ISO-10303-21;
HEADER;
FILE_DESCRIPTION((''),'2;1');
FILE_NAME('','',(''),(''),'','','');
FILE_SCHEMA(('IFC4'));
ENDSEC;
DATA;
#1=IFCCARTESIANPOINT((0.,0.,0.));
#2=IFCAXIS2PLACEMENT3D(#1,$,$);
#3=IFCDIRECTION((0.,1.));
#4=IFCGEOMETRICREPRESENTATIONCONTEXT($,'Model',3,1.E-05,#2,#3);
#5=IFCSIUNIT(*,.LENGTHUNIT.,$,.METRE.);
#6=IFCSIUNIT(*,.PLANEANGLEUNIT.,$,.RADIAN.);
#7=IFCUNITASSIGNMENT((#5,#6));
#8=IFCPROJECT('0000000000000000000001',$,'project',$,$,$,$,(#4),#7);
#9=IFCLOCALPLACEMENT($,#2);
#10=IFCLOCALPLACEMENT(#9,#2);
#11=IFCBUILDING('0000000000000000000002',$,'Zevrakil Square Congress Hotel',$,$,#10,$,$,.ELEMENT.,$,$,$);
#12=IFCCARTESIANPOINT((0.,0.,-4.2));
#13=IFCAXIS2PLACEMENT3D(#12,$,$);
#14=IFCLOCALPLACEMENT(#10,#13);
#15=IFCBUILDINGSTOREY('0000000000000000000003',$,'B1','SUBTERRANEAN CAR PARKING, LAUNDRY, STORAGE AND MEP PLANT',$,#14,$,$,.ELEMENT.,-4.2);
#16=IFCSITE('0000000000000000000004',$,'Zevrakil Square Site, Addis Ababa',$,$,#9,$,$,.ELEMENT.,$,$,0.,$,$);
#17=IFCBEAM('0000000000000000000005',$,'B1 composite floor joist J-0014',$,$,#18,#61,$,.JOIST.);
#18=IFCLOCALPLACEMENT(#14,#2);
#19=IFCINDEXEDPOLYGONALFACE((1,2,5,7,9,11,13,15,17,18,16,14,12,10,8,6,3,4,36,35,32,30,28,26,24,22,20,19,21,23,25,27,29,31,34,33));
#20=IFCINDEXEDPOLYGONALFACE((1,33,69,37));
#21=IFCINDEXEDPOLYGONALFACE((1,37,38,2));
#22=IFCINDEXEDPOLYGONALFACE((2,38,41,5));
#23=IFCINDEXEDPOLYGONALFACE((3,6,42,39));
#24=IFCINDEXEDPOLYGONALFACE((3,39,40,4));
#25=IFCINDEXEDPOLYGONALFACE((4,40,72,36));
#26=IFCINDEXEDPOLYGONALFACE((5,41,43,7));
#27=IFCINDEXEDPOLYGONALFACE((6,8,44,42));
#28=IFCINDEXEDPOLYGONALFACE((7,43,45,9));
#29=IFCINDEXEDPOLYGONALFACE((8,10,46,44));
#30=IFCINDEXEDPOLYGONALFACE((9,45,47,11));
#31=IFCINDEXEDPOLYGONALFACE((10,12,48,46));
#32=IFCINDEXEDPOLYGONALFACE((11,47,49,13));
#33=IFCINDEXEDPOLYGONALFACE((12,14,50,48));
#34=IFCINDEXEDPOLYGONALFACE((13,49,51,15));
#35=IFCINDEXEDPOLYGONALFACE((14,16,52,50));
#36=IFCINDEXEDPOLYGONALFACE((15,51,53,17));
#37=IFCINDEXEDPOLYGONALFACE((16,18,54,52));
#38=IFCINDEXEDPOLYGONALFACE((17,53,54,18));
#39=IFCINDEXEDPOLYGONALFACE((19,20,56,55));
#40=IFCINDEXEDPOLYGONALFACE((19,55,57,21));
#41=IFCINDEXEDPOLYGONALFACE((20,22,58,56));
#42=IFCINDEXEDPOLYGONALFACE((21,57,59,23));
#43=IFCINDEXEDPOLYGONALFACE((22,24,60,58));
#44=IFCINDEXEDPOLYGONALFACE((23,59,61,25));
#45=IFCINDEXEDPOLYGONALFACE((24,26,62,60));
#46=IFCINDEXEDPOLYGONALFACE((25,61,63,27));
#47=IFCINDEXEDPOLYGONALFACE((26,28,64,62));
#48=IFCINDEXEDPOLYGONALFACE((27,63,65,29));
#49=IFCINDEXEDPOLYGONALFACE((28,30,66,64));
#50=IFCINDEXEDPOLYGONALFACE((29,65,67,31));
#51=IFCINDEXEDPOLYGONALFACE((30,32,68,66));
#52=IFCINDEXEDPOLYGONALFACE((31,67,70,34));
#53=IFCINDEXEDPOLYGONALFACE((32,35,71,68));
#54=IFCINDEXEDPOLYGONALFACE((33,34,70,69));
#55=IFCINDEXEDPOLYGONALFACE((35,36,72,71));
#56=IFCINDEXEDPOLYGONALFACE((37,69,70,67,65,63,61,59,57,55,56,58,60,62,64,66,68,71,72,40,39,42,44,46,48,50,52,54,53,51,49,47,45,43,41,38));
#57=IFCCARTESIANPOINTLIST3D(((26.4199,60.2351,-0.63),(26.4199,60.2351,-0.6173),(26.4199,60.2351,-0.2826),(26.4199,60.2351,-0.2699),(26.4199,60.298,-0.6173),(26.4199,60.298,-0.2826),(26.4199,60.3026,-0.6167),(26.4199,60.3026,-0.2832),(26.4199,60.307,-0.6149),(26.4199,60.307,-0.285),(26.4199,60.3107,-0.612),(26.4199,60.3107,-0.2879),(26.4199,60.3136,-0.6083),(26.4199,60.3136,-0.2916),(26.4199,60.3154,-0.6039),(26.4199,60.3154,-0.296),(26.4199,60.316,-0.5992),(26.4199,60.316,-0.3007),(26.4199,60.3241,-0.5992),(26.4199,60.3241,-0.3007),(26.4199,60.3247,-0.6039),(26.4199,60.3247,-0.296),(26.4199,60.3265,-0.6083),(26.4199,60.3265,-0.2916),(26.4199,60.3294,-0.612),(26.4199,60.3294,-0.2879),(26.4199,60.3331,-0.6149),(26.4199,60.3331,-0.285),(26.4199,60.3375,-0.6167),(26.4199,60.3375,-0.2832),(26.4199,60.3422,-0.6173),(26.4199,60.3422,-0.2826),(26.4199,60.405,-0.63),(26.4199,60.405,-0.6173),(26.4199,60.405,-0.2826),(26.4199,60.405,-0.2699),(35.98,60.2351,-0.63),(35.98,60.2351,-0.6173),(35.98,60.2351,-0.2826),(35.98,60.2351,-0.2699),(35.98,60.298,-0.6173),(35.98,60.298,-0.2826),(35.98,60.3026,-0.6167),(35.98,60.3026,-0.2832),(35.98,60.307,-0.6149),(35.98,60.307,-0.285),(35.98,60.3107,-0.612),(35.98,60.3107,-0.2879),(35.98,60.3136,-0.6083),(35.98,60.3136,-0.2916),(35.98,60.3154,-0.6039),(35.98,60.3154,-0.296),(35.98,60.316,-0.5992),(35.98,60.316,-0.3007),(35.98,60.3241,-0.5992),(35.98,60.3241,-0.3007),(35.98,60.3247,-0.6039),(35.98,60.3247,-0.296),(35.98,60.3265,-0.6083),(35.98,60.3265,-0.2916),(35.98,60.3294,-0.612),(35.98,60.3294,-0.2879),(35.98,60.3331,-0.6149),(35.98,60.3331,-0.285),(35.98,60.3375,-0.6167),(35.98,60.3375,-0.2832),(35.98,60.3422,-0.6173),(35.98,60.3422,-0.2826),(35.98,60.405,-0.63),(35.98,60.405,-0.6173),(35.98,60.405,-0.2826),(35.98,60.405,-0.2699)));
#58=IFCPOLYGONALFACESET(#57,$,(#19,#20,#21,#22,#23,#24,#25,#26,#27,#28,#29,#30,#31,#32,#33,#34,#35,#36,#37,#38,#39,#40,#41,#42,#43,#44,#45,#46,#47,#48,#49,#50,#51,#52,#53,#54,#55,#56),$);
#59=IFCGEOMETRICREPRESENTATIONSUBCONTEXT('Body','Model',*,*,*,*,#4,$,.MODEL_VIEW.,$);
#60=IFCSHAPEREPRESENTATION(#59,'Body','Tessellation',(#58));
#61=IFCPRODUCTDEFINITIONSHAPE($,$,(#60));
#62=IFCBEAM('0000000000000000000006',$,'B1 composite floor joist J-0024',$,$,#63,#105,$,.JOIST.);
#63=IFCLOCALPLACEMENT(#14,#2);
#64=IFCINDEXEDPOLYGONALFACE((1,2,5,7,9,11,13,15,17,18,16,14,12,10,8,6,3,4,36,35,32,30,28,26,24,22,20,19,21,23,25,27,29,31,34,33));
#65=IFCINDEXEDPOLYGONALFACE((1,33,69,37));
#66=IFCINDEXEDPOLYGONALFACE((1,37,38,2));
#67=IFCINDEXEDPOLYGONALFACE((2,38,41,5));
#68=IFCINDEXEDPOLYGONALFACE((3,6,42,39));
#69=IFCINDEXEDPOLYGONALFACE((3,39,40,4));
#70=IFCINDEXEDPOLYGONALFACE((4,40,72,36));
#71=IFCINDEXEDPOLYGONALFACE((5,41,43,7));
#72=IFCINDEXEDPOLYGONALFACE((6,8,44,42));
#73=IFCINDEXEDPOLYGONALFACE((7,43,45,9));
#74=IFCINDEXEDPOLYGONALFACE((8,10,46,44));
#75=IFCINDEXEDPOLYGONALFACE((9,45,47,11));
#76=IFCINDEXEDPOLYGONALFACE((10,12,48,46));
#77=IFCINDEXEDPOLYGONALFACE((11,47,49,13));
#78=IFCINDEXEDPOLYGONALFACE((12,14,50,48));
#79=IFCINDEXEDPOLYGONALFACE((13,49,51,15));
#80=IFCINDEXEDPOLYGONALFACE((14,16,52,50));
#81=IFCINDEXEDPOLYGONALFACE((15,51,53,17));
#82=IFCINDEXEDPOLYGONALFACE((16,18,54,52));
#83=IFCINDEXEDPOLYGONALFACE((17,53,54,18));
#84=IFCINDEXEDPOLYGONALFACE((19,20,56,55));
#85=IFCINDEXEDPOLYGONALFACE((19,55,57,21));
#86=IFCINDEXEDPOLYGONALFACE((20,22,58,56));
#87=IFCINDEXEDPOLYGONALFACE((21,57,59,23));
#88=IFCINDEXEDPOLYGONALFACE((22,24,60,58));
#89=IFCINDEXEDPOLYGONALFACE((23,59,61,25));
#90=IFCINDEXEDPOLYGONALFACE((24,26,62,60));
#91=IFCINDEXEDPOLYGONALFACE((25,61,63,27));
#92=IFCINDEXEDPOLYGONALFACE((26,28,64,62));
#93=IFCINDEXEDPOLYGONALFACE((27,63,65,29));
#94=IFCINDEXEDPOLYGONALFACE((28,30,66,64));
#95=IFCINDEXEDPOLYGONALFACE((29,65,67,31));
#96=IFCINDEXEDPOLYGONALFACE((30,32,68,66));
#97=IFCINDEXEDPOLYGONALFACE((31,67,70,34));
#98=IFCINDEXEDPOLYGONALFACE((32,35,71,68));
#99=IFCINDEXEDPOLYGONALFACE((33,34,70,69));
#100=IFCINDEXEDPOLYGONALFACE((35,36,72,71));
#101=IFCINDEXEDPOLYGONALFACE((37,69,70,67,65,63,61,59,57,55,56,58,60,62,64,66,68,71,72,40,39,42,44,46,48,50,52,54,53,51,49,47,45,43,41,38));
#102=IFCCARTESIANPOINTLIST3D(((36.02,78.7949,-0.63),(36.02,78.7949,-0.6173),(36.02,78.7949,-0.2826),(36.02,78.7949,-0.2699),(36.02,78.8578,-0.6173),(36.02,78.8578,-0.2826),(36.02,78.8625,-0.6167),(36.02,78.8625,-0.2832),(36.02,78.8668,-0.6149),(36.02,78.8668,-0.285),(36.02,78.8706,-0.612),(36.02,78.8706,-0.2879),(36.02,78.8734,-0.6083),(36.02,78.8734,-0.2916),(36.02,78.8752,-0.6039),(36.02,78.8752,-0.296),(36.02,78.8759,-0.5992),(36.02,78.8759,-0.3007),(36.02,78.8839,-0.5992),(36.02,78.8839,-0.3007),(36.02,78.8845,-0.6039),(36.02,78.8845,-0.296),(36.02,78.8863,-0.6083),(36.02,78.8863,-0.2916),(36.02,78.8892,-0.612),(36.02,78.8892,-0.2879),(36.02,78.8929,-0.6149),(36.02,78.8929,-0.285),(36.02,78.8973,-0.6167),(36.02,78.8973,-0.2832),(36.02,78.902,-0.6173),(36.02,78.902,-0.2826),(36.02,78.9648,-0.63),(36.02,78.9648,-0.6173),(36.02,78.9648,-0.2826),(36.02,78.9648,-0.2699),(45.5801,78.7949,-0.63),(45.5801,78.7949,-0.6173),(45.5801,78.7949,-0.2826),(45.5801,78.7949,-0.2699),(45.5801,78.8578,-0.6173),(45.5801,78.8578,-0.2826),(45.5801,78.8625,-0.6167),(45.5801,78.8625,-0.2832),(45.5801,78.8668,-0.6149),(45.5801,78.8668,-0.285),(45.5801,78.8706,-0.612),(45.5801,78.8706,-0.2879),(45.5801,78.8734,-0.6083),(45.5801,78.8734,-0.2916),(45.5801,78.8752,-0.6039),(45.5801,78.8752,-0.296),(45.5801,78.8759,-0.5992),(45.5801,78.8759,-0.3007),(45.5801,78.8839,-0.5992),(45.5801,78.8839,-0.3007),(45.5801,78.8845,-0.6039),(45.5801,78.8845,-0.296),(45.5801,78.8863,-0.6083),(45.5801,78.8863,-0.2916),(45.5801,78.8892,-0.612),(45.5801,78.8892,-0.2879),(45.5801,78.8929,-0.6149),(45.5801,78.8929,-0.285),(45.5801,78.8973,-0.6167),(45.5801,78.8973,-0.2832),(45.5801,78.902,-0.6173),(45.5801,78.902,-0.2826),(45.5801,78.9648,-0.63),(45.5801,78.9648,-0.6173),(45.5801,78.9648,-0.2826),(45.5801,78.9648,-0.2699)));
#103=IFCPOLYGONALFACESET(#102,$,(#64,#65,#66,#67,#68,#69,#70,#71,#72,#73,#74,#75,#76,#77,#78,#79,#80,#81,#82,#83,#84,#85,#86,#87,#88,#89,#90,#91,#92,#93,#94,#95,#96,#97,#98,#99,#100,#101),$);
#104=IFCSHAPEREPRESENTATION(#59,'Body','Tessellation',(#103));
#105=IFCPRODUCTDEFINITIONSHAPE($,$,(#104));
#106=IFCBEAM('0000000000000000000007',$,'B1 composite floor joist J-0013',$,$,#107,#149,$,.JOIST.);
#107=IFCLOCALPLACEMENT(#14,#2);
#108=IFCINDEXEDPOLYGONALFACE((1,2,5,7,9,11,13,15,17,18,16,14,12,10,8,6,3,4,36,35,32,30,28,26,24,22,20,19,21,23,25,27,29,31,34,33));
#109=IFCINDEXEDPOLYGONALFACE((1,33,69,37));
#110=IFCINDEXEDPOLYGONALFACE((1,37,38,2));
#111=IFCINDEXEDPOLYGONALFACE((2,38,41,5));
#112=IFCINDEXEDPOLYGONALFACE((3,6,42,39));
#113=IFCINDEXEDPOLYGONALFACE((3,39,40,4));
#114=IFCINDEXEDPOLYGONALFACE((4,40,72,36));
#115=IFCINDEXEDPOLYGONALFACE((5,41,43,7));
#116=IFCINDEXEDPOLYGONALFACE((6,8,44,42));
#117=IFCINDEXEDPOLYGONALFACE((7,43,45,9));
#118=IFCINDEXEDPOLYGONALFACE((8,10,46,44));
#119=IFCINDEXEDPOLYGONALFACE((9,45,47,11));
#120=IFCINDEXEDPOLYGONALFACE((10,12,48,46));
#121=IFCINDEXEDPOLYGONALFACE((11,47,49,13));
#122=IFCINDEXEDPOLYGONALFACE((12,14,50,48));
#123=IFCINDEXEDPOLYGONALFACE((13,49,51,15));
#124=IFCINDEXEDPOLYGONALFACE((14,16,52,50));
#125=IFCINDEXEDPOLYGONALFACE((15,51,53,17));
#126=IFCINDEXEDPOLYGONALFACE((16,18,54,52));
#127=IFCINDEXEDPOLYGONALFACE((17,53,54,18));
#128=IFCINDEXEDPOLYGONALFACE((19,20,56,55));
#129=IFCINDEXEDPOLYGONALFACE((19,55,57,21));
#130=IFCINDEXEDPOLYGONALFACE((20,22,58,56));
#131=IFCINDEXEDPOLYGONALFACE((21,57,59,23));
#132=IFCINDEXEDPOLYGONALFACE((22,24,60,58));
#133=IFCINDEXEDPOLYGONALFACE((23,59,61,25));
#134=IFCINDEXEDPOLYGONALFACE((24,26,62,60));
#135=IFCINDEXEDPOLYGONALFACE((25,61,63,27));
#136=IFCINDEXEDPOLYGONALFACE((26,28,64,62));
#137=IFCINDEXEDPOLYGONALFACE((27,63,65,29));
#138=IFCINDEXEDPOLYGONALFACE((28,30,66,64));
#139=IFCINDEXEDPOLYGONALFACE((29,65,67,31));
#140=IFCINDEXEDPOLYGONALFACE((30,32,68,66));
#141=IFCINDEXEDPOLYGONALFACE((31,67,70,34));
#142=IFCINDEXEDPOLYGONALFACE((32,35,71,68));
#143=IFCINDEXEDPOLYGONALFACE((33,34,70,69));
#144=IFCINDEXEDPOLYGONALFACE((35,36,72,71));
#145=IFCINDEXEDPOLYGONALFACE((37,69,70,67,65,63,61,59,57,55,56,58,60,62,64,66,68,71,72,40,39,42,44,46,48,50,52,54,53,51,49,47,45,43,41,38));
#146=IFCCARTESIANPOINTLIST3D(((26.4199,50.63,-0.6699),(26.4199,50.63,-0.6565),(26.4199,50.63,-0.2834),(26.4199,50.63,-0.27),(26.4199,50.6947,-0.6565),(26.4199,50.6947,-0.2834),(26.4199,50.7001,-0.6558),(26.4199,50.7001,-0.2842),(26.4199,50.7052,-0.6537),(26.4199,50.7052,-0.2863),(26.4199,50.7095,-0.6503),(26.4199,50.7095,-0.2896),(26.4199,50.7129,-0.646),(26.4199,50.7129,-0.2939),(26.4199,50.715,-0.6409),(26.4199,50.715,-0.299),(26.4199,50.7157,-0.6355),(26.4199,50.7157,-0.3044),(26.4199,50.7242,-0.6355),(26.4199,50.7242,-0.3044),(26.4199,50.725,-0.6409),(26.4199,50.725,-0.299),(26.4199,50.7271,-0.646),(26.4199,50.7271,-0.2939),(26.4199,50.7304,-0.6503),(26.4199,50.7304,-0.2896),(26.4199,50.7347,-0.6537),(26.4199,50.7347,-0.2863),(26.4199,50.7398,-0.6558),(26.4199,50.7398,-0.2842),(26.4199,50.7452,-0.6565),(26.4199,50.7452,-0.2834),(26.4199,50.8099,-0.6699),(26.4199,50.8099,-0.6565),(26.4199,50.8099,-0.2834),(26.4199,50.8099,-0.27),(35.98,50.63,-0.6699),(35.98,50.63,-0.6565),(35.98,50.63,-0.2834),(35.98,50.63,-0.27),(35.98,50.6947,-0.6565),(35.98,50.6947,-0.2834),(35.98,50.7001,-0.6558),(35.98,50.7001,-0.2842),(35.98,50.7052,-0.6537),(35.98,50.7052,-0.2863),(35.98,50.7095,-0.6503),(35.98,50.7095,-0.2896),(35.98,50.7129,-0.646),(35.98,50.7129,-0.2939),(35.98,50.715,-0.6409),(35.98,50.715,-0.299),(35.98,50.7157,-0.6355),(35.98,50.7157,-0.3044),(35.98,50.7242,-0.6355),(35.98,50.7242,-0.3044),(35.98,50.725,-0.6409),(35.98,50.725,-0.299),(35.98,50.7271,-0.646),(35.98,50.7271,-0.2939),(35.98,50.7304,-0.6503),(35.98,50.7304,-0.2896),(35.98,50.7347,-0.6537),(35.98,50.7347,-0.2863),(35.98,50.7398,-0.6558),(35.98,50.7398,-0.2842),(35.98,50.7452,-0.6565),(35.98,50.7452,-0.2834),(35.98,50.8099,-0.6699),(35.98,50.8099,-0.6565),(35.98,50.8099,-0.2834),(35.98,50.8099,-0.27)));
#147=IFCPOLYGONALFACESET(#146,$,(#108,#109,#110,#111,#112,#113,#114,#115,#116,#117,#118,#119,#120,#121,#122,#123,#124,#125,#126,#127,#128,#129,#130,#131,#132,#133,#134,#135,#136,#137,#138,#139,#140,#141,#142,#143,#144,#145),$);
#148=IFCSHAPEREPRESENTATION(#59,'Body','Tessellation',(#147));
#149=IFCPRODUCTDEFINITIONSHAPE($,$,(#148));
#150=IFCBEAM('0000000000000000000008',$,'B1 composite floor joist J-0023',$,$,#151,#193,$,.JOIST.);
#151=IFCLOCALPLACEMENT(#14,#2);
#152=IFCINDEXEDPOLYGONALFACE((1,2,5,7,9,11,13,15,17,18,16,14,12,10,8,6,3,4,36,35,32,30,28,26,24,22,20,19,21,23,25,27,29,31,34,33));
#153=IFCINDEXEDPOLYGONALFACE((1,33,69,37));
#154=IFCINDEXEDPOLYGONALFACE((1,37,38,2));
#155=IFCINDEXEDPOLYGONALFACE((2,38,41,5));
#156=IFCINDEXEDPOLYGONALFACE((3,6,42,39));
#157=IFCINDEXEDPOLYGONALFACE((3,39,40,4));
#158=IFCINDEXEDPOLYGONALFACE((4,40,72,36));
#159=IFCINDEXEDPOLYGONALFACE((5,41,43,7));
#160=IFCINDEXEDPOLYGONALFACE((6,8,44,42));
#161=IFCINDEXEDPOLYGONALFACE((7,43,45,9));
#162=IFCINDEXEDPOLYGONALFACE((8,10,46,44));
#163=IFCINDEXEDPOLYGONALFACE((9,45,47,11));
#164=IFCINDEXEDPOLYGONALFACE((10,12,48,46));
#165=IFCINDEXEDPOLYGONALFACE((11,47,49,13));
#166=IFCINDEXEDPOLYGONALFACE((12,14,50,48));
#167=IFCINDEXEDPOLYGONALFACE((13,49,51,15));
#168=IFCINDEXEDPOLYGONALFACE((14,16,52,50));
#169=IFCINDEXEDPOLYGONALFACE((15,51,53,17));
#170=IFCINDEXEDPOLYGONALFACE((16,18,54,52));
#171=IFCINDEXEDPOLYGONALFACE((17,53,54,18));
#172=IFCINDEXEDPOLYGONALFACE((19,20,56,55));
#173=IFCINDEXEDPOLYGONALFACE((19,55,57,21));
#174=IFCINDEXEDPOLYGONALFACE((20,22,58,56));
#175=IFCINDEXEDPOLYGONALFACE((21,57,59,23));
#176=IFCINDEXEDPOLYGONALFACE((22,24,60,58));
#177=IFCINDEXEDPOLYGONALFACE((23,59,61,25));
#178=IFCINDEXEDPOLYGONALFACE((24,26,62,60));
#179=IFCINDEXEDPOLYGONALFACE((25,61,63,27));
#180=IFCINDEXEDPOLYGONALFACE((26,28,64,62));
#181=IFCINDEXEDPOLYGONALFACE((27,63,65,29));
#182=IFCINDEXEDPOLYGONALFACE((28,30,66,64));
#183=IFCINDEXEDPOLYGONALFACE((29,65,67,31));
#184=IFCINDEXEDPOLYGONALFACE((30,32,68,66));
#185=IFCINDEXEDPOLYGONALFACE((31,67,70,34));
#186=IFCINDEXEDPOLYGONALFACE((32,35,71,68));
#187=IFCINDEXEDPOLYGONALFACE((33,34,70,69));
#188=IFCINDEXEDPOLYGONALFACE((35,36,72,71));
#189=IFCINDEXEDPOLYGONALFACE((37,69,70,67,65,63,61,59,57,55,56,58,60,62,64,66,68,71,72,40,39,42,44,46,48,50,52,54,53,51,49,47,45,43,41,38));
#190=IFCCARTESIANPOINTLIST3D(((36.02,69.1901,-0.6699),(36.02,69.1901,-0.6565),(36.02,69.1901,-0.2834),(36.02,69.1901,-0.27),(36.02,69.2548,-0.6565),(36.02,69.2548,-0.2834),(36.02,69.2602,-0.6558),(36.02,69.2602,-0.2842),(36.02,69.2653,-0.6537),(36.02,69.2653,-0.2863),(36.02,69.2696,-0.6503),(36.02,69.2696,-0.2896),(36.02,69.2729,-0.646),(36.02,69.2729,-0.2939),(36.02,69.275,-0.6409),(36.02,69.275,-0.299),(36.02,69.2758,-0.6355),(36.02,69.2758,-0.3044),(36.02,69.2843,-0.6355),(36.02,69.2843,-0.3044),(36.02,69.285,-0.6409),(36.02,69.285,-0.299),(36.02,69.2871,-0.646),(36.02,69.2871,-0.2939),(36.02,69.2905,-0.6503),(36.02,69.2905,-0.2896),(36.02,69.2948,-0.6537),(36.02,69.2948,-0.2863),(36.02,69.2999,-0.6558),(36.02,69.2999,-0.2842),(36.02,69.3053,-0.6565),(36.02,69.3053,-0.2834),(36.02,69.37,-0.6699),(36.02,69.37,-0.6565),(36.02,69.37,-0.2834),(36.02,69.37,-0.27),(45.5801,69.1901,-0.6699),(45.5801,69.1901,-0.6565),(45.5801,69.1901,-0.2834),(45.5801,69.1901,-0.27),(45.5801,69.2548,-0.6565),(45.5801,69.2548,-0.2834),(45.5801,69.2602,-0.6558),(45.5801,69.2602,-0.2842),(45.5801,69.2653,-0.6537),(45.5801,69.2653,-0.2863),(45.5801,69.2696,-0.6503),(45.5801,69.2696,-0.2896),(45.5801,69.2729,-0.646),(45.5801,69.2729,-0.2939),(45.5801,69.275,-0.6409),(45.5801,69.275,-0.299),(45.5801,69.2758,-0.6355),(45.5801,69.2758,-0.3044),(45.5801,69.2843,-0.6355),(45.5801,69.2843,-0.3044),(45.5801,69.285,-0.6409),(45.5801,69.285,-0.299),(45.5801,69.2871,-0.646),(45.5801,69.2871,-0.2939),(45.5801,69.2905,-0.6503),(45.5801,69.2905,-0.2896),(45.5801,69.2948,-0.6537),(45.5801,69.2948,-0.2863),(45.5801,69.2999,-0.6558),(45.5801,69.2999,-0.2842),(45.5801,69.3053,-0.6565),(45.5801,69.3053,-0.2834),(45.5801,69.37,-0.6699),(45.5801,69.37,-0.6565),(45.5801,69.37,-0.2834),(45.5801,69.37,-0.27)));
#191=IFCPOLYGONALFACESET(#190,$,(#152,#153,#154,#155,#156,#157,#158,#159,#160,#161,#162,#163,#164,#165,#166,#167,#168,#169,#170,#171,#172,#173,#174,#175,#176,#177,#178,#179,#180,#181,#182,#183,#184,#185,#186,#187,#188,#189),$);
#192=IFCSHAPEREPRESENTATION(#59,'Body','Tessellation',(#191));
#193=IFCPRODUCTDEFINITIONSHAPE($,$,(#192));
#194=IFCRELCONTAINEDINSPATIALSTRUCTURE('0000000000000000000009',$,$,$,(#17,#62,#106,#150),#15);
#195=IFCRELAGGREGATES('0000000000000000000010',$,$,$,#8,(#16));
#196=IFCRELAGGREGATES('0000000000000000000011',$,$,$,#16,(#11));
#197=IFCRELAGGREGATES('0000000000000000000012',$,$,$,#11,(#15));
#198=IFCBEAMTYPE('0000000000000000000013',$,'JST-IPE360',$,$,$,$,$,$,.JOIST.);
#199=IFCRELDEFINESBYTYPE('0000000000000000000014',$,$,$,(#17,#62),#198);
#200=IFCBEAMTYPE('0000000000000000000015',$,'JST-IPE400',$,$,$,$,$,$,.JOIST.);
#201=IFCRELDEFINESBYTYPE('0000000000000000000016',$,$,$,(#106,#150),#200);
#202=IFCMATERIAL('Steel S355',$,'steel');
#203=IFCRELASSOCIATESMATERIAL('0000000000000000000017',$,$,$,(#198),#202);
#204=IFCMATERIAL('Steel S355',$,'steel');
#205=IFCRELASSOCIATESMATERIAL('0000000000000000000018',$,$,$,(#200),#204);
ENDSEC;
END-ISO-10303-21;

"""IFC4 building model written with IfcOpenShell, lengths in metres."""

from ifc_helpers import new_model, si_unit, direction, frame, origin, origin_2d, place, context, subcontext, project, spatial, i_section, extrude, material, material_profile, profile_set, type_object, element, save


model = new_model("IFC4")

# Units and contexts
model_context = context("Model", 3, precision=1e-05, world=origin(), true_north=direction((0.0, 1.0)))
body_context = subcontext(model_context, "Body", "Model", "MODEL_VIEW")
ifc_project = project(units=[si_unit("LENGTHUNIT", "METRE"), si_unit("PLANEANGLEUNIT", "RADIAN")], contexts=[model_context])

# Site, building, storey
site_placement = place(None, origin())
site = spatial("IfcSite", under=ifc_project, at=site_placement, Name="Zevrakil Square Site, Addis Ababa", CompositionType="ELEMENT", RefElevation=0.0)
building_placement = place(site_placement, origin())
building = spatial("IfcBuilding", under=site, at=building_placement, Name="Zevrakil Square Congress Hotel", CompositionType="ELEMENT")
storey_placement = place(building_placement, frame((0.0, 0.0, -4.2)))
storey = spatial("IfcBuildingStorey", under=building, at=storey_placement, Name="B1", Description="SUBTERRANEAN CAR PARKING, LAUNDRY, STORAGE AND MEP PLANT", CompositionType="ELEMENT", Elevation=-4.2)

# Beams
ifc_material_1 = material(Name="Steel S355", Category="steel")
ifc_material_profile_1 = material_profile(ifc_material_1, i_section(OverallWidth=0.1699, OverallDepth=0.3601, WebThickness=0.0081, FlangeThickness=0.0127, FilletRadius=0.0181, at=origin_2d()), Name="IPE 360")
ifc_profile_set_1 = profile_set([ifc_material_profile_1], Name="Steel S355")
beam_type_1 = type_object("IfcBeamType", Name="JST-IPE360", PredefinedType="JOIST", material=ifc_profile_set_1)
for number, where, z_axis, x_axis, name in (
    (1, (26.4199, 60.3201, -0.45), (1.0, 0.0, 0.0), (0.0, 1.0, 0.0), "B1 composite floor joist J-0014"),
    (2, (36.02, 78.8799, -0.45), (1.0, 0.0, 0.0), (0.0, 1.0, 0.0), "B1 composite floor joist J-0024"),
):
    element("IfcBeam", number, at=place(storey_placement, frame(where, z_axis=z_axis, x_axis=x_axis)), inside=storey, type_object=beam_type_1, Name=name, PredefinedType="JOIST", context=body_context, shape_type="SweptSolid", body=[
        extrude(i_section(OverallWidth=0.1699, OverallDepth=0.3601, WebThickness=0.0081, FlangeThickness=0.0127, FilletRadius=0.0181, at=origin_2d()), origin(), (0.0, 0.0, 1.0), 9.5601),
    ])
ifc_material_2 = material(Name="Steel S355", Category="steel")
ifc_material_profile_2 = material_profile(ifc_material_2, i_section(OverallWidth=0.1799, OverallDepth=0.3999, WebThickness=0.0085, FlangeThickness=0.0134, FilletRadius=0.021, at=origin_2d()), Name="IPE 400")
ifc_profile_set_2 = profile_set([ifc_material_profile_2], Name="Steel S355")
beam_type_2 = type_object("IfcBeamType", Name="JST-IPE400", PredefinedType="JOIST", material=ifc_profile_set_2)
for number, where, z_axis, x_axis, name in (
    (3, (26.4199, 50.72, -0.47), (1.0, 0.0, 0.0), (0.0, 1.0, 0.0), "B1 composite floor joist J-0013"),
    (4, (36.02, 69.28, -0.47), (1.0, 0.0, 0.0), (0.0, 1.0, 0.0), "B1 composite floor joist J-0023"),
):
    element("IfcBeam", number, at=place(storey_placement, frame(where, z_axis=z_axis, x_axis=x_axis)), inside=storey, type_object=beam_type_2, Name=name, PredefinedType="JOIST", context=body_context, shape_type="SweptSolid", body=[
        extrude(i_section(OverallWidth=0.1799, OverallDepth=0.3999, WebThickness=0.0085, FlangeThickness=0.0134, FilletRadius=0.021, at=origin_2d()), origin(), (0.0, 0.0, 1.0), 9.5601),
    ])

save(model, "model.ifc")
